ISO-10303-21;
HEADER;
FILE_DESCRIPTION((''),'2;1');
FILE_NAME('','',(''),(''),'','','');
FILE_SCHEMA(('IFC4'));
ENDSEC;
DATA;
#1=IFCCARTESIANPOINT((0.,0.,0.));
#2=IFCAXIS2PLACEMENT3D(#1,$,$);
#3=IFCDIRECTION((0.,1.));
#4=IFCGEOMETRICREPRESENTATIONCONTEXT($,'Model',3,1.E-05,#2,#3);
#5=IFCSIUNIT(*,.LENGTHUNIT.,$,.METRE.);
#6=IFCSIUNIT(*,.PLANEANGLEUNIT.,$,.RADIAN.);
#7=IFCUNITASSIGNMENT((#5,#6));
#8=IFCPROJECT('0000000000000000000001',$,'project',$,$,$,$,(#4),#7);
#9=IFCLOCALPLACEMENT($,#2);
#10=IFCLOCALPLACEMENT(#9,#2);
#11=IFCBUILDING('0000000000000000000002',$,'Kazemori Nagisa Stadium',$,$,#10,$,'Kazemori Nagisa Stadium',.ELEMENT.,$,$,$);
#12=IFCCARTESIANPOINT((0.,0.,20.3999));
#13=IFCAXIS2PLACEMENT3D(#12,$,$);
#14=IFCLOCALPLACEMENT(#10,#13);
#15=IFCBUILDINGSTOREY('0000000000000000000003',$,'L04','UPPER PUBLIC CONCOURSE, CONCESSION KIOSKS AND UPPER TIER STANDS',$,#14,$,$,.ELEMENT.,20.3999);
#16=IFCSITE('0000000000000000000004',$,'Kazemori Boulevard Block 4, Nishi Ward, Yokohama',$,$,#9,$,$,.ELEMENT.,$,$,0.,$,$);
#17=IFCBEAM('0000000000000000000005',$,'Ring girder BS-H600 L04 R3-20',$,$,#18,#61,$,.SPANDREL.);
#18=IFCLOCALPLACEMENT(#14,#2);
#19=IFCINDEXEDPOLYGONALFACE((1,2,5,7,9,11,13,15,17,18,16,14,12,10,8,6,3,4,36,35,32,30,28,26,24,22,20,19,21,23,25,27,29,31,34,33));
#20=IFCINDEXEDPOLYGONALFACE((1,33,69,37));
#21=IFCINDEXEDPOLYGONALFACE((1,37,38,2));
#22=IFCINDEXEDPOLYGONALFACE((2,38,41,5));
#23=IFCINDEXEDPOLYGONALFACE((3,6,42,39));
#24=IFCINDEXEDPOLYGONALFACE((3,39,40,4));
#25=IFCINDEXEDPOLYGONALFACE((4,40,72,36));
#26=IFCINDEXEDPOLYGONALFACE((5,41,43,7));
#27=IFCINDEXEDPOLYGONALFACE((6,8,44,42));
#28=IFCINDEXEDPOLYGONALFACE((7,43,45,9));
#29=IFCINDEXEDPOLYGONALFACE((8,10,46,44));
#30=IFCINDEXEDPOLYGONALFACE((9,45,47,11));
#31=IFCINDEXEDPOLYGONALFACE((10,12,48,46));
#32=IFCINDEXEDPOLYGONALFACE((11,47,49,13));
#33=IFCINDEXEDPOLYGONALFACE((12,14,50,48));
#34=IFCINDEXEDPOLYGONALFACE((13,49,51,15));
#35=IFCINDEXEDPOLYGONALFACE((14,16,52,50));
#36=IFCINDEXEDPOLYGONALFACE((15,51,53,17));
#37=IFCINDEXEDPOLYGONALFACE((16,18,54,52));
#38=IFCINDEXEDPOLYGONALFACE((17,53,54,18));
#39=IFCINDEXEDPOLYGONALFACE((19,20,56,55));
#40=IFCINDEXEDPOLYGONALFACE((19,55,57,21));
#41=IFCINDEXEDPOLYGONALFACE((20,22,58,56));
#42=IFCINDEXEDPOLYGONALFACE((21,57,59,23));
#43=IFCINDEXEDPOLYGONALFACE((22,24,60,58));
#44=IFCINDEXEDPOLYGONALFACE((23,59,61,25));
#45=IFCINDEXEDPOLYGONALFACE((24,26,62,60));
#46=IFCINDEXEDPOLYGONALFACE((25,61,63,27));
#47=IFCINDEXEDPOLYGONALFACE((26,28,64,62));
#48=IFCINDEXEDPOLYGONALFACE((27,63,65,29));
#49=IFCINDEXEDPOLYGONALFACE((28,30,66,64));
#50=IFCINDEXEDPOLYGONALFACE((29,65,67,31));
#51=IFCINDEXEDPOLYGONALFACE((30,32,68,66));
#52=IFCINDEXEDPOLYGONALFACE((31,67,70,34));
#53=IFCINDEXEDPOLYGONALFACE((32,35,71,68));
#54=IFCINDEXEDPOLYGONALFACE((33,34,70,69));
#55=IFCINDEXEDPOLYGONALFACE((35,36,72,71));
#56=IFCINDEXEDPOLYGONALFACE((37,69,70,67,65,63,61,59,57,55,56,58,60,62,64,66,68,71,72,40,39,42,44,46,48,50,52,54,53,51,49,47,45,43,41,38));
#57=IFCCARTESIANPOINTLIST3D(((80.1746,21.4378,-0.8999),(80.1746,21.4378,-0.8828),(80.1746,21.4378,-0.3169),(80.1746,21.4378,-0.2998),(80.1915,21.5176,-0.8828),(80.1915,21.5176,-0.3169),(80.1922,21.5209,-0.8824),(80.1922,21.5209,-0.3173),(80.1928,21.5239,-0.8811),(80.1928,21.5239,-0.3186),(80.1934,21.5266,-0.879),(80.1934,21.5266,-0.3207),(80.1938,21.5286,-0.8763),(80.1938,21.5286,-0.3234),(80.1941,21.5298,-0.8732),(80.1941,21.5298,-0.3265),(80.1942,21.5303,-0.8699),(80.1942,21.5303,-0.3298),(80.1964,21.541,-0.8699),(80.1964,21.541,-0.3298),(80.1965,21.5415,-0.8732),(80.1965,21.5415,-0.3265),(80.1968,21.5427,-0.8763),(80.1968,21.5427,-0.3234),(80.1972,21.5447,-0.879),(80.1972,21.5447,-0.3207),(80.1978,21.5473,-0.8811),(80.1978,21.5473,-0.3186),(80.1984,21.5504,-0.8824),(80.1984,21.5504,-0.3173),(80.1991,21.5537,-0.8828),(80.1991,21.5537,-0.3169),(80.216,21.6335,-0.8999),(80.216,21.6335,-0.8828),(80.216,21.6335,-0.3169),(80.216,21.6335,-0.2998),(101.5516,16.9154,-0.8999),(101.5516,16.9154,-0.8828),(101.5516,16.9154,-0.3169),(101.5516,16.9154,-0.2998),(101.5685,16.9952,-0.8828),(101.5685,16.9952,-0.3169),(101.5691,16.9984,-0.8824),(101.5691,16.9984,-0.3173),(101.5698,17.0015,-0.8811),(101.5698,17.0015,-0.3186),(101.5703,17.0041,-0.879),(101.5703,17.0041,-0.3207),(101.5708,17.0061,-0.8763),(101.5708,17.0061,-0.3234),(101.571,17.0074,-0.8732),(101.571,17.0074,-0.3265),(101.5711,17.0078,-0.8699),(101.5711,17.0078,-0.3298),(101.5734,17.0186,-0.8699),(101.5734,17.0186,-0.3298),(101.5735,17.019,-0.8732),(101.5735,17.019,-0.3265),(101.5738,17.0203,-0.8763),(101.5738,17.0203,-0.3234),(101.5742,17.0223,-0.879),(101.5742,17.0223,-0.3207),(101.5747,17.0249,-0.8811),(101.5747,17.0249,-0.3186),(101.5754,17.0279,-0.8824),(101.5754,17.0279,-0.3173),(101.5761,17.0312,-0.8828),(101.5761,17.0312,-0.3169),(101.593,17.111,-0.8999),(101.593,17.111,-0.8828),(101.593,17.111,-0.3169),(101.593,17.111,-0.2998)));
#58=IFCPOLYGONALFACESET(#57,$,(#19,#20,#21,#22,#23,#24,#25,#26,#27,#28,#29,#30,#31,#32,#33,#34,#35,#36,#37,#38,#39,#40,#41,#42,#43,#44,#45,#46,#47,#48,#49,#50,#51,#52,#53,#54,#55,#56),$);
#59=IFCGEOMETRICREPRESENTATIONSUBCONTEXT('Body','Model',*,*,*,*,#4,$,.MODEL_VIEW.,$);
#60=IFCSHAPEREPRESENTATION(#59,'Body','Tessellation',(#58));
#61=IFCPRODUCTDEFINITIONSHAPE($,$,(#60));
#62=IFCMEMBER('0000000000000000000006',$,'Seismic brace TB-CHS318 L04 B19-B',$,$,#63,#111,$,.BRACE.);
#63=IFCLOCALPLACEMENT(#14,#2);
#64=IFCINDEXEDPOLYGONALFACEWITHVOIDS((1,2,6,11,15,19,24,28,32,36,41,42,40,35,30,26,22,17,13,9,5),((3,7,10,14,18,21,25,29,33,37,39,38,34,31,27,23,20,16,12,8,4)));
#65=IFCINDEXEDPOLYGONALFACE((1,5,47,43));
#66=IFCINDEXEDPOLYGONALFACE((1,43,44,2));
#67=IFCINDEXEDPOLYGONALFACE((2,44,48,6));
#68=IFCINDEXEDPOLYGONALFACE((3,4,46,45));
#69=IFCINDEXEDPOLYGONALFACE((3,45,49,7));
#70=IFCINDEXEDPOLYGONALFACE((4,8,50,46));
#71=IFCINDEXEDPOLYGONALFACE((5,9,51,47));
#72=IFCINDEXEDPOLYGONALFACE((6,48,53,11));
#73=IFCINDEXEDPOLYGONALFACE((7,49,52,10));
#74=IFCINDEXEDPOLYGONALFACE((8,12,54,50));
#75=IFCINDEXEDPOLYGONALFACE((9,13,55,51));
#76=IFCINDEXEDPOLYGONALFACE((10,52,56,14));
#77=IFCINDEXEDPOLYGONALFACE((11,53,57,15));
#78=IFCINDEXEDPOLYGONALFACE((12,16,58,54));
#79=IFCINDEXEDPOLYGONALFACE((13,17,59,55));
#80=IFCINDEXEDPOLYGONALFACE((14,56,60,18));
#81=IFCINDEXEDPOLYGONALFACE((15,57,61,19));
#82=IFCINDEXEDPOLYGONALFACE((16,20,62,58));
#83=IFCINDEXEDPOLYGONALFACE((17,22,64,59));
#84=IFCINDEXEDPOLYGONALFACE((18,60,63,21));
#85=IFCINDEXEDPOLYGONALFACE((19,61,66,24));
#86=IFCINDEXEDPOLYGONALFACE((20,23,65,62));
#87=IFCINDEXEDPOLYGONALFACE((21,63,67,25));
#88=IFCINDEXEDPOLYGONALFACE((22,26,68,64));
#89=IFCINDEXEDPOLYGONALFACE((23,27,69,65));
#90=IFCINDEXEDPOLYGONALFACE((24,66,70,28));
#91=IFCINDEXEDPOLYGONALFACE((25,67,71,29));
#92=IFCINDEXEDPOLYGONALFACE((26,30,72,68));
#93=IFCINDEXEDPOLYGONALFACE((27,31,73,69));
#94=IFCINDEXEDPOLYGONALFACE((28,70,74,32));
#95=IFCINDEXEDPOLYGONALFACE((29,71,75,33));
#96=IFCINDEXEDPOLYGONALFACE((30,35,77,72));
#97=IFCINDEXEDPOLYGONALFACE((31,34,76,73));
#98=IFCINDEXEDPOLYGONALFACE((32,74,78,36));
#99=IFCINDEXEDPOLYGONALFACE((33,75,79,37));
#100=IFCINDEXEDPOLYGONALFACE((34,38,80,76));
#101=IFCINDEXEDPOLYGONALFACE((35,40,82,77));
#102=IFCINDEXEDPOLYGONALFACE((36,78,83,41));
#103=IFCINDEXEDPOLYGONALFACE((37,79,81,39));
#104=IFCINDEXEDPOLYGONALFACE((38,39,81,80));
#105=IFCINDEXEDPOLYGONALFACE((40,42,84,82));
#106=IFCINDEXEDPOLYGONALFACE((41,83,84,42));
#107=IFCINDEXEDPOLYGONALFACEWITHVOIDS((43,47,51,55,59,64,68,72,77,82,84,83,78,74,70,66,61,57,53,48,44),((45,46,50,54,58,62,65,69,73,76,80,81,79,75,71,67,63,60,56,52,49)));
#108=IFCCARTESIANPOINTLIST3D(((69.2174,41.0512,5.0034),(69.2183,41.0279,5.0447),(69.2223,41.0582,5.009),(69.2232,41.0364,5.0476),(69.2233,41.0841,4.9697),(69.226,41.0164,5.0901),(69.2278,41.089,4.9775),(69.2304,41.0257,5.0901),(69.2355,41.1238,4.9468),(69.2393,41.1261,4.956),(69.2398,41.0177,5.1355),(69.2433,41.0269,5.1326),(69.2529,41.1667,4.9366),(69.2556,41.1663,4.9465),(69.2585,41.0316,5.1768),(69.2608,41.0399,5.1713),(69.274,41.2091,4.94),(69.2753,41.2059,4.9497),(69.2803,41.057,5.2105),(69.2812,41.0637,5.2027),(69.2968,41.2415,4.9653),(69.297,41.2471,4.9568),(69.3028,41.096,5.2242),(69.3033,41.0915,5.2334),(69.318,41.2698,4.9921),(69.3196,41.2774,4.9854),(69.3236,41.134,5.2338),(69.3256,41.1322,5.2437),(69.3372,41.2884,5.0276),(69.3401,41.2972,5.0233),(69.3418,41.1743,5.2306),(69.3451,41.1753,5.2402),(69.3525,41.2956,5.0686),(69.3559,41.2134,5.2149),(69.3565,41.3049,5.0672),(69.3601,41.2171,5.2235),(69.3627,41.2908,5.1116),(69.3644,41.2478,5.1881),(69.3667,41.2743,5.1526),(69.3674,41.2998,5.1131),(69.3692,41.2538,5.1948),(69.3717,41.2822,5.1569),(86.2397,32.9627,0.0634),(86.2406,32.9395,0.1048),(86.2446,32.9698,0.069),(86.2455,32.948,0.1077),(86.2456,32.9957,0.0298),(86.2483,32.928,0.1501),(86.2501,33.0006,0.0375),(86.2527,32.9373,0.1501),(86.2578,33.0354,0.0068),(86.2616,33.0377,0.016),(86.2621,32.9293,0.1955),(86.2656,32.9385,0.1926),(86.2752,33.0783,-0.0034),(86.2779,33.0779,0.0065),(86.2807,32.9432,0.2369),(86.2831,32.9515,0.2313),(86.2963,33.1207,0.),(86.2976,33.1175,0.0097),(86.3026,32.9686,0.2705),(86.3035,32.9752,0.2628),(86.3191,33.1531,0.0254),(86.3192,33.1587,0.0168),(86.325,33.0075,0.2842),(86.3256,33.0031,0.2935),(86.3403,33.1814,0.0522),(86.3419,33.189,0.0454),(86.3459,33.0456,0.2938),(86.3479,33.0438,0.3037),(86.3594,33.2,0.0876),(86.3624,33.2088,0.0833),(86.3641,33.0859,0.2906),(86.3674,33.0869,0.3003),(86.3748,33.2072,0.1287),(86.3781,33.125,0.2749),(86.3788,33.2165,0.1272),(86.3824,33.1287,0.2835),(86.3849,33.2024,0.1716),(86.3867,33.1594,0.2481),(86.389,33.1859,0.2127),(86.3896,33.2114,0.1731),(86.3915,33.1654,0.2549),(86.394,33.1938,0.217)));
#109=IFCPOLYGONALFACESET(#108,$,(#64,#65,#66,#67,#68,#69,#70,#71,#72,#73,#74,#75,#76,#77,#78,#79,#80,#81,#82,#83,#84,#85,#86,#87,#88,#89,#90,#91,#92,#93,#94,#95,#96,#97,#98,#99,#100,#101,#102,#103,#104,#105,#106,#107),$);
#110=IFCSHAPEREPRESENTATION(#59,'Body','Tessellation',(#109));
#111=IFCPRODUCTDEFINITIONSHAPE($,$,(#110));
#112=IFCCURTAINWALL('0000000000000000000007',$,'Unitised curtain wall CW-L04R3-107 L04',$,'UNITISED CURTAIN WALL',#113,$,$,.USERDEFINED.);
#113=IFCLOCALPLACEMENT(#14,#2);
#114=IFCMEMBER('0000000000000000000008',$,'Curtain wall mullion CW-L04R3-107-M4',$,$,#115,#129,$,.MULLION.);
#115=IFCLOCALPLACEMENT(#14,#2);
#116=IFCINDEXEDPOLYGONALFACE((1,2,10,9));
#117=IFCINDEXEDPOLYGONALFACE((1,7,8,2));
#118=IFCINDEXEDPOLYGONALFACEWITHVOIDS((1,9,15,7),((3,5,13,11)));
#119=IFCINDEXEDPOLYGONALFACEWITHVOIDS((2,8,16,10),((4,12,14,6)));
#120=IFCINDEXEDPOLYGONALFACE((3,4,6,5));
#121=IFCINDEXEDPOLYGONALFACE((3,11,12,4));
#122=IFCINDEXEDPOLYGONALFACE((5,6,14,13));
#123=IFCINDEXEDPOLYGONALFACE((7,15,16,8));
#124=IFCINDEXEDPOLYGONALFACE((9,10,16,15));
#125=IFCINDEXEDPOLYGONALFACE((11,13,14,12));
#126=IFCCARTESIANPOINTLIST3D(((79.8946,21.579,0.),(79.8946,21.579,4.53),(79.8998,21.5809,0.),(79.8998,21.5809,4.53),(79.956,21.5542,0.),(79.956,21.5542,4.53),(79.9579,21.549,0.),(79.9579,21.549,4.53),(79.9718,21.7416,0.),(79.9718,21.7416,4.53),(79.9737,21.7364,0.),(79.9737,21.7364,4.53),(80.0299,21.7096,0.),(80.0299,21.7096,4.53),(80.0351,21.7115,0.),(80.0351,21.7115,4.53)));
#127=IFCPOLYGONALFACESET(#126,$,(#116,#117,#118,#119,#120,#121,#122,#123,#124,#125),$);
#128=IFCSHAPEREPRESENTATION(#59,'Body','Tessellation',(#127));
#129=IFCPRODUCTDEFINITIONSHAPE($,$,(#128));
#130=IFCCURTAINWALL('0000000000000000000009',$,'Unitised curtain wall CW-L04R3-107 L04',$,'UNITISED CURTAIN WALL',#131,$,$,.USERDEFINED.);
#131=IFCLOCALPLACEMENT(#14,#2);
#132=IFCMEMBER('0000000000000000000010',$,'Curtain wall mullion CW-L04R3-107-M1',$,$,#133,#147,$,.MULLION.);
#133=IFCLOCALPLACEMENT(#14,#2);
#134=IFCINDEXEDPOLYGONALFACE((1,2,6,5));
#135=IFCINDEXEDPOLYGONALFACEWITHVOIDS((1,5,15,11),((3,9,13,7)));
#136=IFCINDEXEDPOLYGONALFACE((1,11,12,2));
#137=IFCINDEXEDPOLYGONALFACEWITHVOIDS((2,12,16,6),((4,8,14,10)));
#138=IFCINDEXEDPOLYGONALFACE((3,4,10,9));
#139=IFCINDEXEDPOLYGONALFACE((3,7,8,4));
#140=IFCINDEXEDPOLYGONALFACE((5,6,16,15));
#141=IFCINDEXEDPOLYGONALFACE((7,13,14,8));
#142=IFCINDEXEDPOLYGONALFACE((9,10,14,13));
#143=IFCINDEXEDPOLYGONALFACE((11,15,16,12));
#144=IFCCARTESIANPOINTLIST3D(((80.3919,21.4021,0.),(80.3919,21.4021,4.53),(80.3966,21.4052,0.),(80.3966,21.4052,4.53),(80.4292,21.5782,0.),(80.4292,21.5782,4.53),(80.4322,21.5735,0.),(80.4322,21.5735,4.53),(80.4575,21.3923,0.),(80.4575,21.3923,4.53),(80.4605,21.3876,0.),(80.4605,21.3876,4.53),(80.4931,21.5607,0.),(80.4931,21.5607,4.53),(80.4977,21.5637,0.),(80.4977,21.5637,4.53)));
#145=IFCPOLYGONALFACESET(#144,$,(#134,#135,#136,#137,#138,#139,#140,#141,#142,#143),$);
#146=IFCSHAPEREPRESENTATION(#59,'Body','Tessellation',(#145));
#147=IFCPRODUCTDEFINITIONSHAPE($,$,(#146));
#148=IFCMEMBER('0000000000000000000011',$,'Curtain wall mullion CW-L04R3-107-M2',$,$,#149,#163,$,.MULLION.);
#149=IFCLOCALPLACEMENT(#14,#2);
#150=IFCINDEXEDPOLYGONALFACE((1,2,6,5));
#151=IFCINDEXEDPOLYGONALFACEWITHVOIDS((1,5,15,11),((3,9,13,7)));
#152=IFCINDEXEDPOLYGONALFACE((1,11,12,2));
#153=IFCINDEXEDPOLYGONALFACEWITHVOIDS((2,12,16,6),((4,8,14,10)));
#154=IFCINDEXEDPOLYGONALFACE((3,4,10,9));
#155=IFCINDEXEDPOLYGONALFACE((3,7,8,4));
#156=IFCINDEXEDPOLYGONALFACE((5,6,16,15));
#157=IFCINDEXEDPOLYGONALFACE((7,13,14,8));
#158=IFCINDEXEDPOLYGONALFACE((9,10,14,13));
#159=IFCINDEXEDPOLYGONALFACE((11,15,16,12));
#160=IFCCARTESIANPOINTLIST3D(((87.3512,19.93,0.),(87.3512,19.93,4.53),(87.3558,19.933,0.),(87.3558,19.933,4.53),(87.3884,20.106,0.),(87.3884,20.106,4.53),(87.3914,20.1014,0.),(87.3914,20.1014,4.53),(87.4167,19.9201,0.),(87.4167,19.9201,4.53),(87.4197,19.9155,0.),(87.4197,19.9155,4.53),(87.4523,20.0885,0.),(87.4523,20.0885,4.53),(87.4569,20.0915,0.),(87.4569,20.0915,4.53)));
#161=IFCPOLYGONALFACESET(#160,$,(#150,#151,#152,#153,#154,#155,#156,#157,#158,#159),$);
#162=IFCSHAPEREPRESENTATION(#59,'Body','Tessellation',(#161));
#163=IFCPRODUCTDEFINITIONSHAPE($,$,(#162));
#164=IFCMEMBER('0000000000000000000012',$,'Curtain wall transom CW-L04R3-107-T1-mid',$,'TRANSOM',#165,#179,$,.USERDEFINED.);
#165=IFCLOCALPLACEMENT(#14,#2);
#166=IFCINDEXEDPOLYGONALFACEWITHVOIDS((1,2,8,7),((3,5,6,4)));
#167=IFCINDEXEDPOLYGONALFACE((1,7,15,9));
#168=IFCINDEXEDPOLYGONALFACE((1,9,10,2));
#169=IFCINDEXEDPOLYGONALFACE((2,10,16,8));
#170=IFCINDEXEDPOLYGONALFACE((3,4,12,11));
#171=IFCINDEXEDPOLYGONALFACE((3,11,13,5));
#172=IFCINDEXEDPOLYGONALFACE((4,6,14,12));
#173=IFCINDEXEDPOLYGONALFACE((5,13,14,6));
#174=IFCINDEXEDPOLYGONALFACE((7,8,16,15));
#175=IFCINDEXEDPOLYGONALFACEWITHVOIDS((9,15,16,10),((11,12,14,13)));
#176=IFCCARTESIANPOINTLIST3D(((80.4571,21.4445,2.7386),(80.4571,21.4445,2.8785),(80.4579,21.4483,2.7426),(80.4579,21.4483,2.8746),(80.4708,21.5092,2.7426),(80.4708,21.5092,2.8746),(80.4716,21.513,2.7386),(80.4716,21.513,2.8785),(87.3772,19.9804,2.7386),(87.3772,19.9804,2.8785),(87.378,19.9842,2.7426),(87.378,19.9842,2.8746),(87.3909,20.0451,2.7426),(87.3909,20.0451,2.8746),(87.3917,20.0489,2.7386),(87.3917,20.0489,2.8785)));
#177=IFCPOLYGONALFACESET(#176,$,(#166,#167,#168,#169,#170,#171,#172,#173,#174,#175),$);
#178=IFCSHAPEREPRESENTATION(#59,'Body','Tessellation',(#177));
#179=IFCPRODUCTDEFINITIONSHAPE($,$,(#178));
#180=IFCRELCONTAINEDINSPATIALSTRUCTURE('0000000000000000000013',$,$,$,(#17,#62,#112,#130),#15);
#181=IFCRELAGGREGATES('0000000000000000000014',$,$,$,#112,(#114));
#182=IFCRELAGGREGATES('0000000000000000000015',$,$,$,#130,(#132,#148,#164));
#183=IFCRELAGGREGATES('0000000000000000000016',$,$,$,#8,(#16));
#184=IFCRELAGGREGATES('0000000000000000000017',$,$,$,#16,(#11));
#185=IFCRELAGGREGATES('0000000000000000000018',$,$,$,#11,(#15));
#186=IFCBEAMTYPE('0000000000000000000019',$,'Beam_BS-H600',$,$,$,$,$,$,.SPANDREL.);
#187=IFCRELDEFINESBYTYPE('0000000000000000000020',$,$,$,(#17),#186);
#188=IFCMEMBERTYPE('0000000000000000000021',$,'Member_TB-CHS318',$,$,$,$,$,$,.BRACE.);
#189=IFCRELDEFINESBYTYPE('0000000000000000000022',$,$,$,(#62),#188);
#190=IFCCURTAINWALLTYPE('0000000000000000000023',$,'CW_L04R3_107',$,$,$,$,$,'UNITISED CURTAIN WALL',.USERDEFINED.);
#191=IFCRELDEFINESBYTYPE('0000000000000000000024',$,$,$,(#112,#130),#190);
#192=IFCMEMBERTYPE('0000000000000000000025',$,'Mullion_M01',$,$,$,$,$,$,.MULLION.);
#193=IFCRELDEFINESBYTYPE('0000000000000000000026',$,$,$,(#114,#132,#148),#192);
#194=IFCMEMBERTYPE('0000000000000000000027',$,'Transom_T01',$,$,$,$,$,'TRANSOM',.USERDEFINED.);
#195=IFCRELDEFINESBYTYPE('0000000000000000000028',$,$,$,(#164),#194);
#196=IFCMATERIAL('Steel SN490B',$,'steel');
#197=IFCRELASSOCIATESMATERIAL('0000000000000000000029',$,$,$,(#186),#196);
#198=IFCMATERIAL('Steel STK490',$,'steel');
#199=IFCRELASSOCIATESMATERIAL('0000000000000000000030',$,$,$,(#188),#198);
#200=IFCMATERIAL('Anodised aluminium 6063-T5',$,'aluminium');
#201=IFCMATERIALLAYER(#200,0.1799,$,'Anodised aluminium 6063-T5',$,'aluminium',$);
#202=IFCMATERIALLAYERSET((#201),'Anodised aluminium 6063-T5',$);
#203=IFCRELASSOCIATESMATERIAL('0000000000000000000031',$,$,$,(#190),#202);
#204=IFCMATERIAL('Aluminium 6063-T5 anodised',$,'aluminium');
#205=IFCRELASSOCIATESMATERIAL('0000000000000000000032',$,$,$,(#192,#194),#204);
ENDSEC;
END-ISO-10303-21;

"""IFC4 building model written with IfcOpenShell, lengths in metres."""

from ifc_helpers import new_model, si_unit, direction, frame, origin, origin_2d, place, context, subcontext, project, spatial, hollow_rectangle, hollow_circle, i_section, extrude, material, layer, layer_set, material_profile, profile_set, type_object, element, aggregate, save


model = new_model("IFC4")

# Units and contexts
model_context = context("Model", 3, precision=1e-05, world=origin(), true_north=direction((0.0, 1.0)))
body_context = subcontext(model_context, "Body", "Model", "MODEL_VIEW")
ifc_project = project(units=[si_unit("LENGTHUNIT", "METRE"), si_unit("PLANEANGLEUNIT", "RADIAN")], contexts=[model_context])

# Site, building, storey
site_placement = place(None, origin())
site = spatial("IfcSite", under=ifc_project, at=site_placement, Name="Kazemori Boulevard Block 4, Nishi Ward, Yokohama", CompositionType="ELEMENT", RefElevation=0.0)
building_placement = place(site_placement, origin())
building = spatial("IfcBuilding", under=site, at=building_placement, Name="Kazemori Nagisa Stadium", LongName="Kazemori Nagisa Stadium", CompositionType="ELEMENT")
storey_placement = place(building_placement, frame((0.0, 0.0, 20.3999)))
storey = spatial("IfcBuildingStorey", under=building, at=storey_placement, Name="L04", Description="UPPER PUBLIC CONCOURSE, CONCESSION KIOSKS AND UPPER TIER STANDS", CompositionType="ELEMENT", Elevation=20.3999)

# Beam
ifc_material_1 = material(Name="Steel SN490B", Category="steel")
ifc_material_profile_1 = material_profile(ifc_material_1, i_section(OverallWidth=0.2, OverallDepth=0.6001, WebThickness=0.011, FlangeThickness=0.0171, FilletRadius=0.0129, at=origin_2d()), Name="H-600x200x11x17")
ifc_profile_set_1 = profile_set([ifc_material_profile_1], Name="Steel SN490B")
beam_type_1 = type_object("IfcBeamType", Name="Beam_BS-H600", PredefinedType="SPANDREL", material=ifc_profile_set_1)
beam_1_placement = place(storey_placement, frame((80.1953, 21.5356, -0.5999), z_axis=(0.978346, -0.206977, 0.0), x_axis=(0.206977, 0.978346, 0.0)))
element("IfcBeam", 1, at=beam_1_placement, inside=storey, type_object=beam_type_1, Name="Ring girder BS-H600 L04 R3-20", PredefinedType="SPANDREL", context=body_context, shape_type="SweptSolid", body=[
    extrude(i_section(OverallWidth=0.2, OverallDepth=0.6001, WebThickness=0.011, FlangeThickness=0.0171, FilletRadius=0.0129, at=origin_2d()), origin(), (0.0, 0.0, 1.0), 21.8501),
])

# Member
ifc_material_2 = material(Name="Steel STK490", Category="steel")
ifc_material_profile_2 = material_profile(ifc_material_2, hollow_circle(Radius=0.1592, WallThickness=0.0103, at=origin_2d()), Name="CHS-318.5x10.3")
ifc_profile_set_2 = profile_set([ifc_material_profile_2], Name="Steel STK490")
member_type_1 = type_object("IfcMemberType", Name="Member_TB-CHS318", PredefinedType="BRACE", material=ifc_profile_set_2)
member_1_placement = place(storey_placement, frame((86.3167, 33.0718, 0.1501), z_axis=(-0.873703, 0.415154, 0.253554), x_axis=(-0.429179, -0.903219, 0.0)))
element("IfcMember", 2, at=member_1_placement, inside=storey, type_object=member_type_1, Name="Seismic brace TB-CHS318 L04 B19-B", PredefinedType="BRACE", context=body_context, shape_type="SweptSolid", body=[
    extrude(hollow_circle(Radius=0.1592, WallThickness=0.0103, at=origin_2d()), origin(), (0.0, 0.0, 1.0), 19.4829),
])

# Curtain wall, member
ifc_material_3 = material(Name="Anodised aluminium 6063-T5", Category="aluminium")
ifc_layer_1 = layer(ifc_material_3, 0.1799, Name="Anodised aluminium 6063-T5", Category="aluminium")
ifc_layer_set_1 = layer_set([ifc_layer_1], Name="Anodised aluminium 6063-T5")
curtain_wall_type = type_object("IfcCurtainWallType", Name="CW_L04R3_107", ElementType="UNITISED CURTAIN WALL", PredefinedType="USERDEFINED", material=ifc_layer_set_1)
curtain_wall_1_placement = place(storey_placement, origin())
curtain_wall_1 = element("IfcCurtainWall", 3, at=curtain_wall_1_placement, inside=storey, type_object=curtain_wall_type, Name="Unitised curtain wall CW-L04R3-107 L04", ObjectType="UNITISED CURTAIN WALL", PredefinedType="USERDEFINED")
ifc_material_4 = material(Name="Aluminium 6063-T5 anodised", Category="aluminium")
ifc_material_profile_3 = material_profile(ifc_material_4, hollow_rectangle(XDim=0.0701, YDim=0.1799, WallThickness=0.0039, at=origin_2d()), Name="ALU-MULL-70x180x4")
ifc_profile_set_3 = profile_set([ifc_material_profile_3], Name="Aluminium 6063-T5 anodised")
member_type_2 = type_object("IfcMemberType", Name="Mullion_M01", PredefinedType="MULLION", material=ifc_profile_set_3)
member_2_placement = place(storey_placement, frame((79.9648, 21.6453, 0.0), z_axis=(0.0, 0.0, 1.0), x_axis=(0.903216, -0.429186, 0.0)))
member_2 = element("IfcMember", 4, at=member_2_placement, type_object=member_type_2, Name="Curtain wall mullion CW-L04R3-107-M4", PredefinedType="MULLION", context=body_context, shape_type="SweptSolid", body=[
    extrude(hollow_rectangle(XDim=0.0701, YDim=0.1799, WallThickness=0.0039, at=origin_2d()), origin(), (0.0, 0.0, 1.0), 4.53),
])
aggregate(curtain_wall_1, [member_2])

# Curtain wall, members
curtain_wall_2_placement = place(storey_placement, origin())
curtain_wall_2 = element("IfcCurtainWall", 5, at=curtain_wall_2_placement, inside=storey, type_object=curtain_wall_type, Name="Unitised curtain wall CW-L04R3-107 L04", ObjectType="UNITISED CURTAIN WALL", PredefinedType="USERDEFINED")
member_3_placement = place(storey_placement, frame((80.4448, 21.4829, 0.0), z_axis=(0.0, 0.0, 1.0), x_axis=(0.978345, -0.206981, 0.0)))
member_3 = element("IfcMember", 6, at=member_3_placement, type_object=member_type_2, Name="Curtain wall mullion CW-L04R3-107-M1", PredefinedType="MULLION", context=body_context, shape_type="SweptSolid", body=[
    extrude(hollow_rectangle(XDim=0.0701, YDim=0.1799, WallThickness=0.0039, at=origin_2d()), origin(), (0.0, 0.0, 1.0), 4.53),
])
member_4_placement = place(storey_placement, frame((87.4041, 20.0107, 0.0), z_axis=(0.0, 0.0, 1.0), x_axis=(0.978345, -0.206981, 0.0)))
member_4 = element("IfcMember", 7, at=member_4_placement, type_object=member_type_2, Name="Curtain wall mullion CW-L04R3-107-M2", PredefinedType="MULLION", context=body_context, shape_type="SweptSolid", body=[
    extrude(hollow_rectangle(XDim=0.0701, YDim=0.1799, WallThickness=0.0039, at=origin_2d()), origin(), (0.0, 0.0, 1.0), 4.53),
])
ifc_material_profile_4 = material_profile(ifc_material_4, hollow_rectangle(XDim=0.0701, YDim=0.1399, WallThickness=0.0039, at=origin_2d()), Name="ALU-TRAN-70x140x4")
ifc_profile_set_4 = profile_set([ifc_material_profile_4], Name="Aluminium 6063-T5 anodised")
member_type_3 = type_object("IfcMemberType", Name="Transom_T01", ElementType="TRANSOM", PredefinedType="USERDEFINED", material=ifc_profile_set_4)
member_5_placement = place(storey_placement, frame((80.4644, 21.4788, 2.8086), z_axis=(0.978343, -0.20699, 0.0), x_axis=(0.20699, 0.978343, 0.0)))
member_5 = element("IfcMember", 8, at=member_5_placement, type_object=member_type_3, Name="Curtain wall transom CW-L04R3-107-T1-mid", ObjectType="TRANSOM", PredefinedType="USERDEFINED", context=body_context, shape_type="SweptSolid", body=[
    extrude(hollow_rectangle(XDim=0.0701, YDim=0.1399, WallThickness=0.0039, at=origin_2d()), origin(), (0.0, 0.0, 1.0), 7.0732),
])
aggregate(curtain_wall_2, [member_3, member_4, member_5])

save(model, "model.ifc")
